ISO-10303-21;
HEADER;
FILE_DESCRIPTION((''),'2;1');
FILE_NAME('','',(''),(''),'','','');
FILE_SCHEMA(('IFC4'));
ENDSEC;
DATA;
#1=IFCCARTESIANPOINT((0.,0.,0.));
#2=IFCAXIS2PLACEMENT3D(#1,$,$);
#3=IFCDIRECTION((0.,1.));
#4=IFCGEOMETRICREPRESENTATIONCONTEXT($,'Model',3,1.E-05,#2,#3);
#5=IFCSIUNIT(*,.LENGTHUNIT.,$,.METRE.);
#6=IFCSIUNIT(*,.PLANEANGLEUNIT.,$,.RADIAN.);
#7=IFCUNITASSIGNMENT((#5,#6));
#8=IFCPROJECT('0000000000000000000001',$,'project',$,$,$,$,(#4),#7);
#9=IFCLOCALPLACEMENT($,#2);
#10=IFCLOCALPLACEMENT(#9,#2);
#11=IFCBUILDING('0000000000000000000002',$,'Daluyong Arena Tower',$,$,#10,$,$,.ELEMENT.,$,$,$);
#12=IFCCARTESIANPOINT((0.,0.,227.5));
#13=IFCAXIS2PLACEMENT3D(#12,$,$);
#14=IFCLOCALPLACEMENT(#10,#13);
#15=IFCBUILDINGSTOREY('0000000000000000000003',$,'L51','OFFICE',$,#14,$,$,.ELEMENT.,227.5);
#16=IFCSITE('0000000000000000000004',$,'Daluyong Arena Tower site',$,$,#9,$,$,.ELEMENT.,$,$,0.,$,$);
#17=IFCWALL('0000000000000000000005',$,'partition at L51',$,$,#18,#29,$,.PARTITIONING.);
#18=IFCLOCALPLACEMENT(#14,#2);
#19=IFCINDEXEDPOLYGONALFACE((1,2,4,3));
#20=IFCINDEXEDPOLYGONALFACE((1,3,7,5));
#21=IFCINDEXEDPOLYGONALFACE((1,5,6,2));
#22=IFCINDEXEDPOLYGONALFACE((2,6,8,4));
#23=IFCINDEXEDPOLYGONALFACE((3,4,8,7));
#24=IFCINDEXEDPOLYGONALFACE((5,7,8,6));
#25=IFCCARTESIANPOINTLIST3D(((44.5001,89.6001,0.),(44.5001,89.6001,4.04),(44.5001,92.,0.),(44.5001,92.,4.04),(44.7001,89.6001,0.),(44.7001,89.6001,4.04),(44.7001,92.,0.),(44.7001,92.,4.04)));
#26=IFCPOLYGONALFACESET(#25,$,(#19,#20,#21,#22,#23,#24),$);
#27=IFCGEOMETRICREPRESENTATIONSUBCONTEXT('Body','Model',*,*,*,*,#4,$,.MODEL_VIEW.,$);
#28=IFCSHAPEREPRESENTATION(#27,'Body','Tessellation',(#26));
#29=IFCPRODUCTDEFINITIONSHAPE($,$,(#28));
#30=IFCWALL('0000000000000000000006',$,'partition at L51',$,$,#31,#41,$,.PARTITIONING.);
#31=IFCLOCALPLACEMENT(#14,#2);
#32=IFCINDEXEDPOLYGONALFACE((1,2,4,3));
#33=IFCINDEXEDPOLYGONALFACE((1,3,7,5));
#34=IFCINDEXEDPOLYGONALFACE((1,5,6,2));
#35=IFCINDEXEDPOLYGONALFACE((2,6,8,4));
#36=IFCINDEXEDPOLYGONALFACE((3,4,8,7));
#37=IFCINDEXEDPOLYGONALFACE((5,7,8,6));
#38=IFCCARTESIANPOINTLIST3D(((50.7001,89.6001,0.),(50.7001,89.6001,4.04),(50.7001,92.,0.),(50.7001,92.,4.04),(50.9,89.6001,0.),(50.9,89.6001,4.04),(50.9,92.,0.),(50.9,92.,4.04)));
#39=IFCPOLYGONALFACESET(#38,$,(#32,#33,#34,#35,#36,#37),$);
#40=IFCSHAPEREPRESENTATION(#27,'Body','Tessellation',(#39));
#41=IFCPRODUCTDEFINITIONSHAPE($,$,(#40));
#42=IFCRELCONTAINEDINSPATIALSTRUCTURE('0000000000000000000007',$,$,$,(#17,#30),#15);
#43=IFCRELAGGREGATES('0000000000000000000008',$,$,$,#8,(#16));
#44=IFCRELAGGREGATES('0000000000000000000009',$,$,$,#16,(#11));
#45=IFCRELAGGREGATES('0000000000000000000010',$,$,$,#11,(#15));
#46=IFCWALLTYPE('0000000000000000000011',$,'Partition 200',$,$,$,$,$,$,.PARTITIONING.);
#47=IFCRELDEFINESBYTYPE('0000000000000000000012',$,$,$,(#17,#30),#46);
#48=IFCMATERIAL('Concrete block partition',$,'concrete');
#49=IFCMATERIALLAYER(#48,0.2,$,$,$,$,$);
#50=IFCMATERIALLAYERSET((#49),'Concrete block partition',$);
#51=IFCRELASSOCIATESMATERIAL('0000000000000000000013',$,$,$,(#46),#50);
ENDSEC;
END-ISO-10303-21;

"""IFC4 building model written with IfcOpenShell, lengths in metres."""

from ifc_helpers import new_model, si_unit, direction, frame, frame_2d, origin, place, context, subcontext, project, spatial, rectangle, extrude, material, layer, layer_set, type_object, element, save


model = new_model("IFC4")

# Units and contexts
model_context = context("Model", 3, precision=1e-05, world=origin(), true_north=direction((0.0, 1.0)))
body_context = subcontext(model_context, "Body", "Model", "MODEL_VIEW")
ifc_project = project(units=[si_unit("LENGTHUNIT", "METRE"), si_unit("PLANEANGLEUNIT", "RADIAN")], contexts=[model_context])

# Site, building, storey
site_placement = place(None, origin())
site = spatial("IfcSite", under=ifc_project, at=site_placement, Name="Daluyong Arena Tower site", CompositionType="ELEMENT", RefElevation=0.0)
building_placement = place(site_placement, origin())
building = spatial("IfcBuilding", under=site, at=building_placement, Name="Daluyong Arena Tower", CompositionType="ELEMENT")
storey_placement = place(building_placement, frame((0.0, 0.0, 227.5)))
storey = spatial("IfcBuildingStorey", under=building, at=storey_placement, Name="L51", Description="OFFICE", CompositionType="ELEMENT", Elevation=227.5)

# Walls
ifc_material_1 = material(Name="Concrete block partition", Category="concrete")
ifc_layer_1 = layer(ifc_material_1, 0.2)
ifc_layer_set_1 = layer_set([ifc_layer_1], Name="Concrete block partition")
wall_type_1 = type_object("IfcWallType", Name="Partition 200", PredefinedType="PARTITIONING", material=ifc_layer_set_1)
for number, where, z_axis, x_axis, name in (
    (1, (44.6001, 89.6001, 0.0), (0.0, 0.0, 1.0), (0.0, 1.0, 0.0), "partition at L51"),
    (2, (50.8, 89.6001, 0.0), (0.0, 0.0, 1.0), (0.0, 1.0, 0.0), "partition at L51"),
):
    element("IfcWall", number, at=place(storey_placement, frame(where, z_axis=z_axis, x_axis=x_axis)), inside=storey, type_object=wall_type_1, Name=name, PredefinedType="PARTITIONING", context=body_context, shape_type="SweptSolid", body=[
        extrude(rectangle(XDim=2.3999, YDim=0.2, at=frame_2d((1.2, 0.0))), origin(), (0.0, 0.0, 1.0), 4.04),
    ])

save(model, "model.ifc")
